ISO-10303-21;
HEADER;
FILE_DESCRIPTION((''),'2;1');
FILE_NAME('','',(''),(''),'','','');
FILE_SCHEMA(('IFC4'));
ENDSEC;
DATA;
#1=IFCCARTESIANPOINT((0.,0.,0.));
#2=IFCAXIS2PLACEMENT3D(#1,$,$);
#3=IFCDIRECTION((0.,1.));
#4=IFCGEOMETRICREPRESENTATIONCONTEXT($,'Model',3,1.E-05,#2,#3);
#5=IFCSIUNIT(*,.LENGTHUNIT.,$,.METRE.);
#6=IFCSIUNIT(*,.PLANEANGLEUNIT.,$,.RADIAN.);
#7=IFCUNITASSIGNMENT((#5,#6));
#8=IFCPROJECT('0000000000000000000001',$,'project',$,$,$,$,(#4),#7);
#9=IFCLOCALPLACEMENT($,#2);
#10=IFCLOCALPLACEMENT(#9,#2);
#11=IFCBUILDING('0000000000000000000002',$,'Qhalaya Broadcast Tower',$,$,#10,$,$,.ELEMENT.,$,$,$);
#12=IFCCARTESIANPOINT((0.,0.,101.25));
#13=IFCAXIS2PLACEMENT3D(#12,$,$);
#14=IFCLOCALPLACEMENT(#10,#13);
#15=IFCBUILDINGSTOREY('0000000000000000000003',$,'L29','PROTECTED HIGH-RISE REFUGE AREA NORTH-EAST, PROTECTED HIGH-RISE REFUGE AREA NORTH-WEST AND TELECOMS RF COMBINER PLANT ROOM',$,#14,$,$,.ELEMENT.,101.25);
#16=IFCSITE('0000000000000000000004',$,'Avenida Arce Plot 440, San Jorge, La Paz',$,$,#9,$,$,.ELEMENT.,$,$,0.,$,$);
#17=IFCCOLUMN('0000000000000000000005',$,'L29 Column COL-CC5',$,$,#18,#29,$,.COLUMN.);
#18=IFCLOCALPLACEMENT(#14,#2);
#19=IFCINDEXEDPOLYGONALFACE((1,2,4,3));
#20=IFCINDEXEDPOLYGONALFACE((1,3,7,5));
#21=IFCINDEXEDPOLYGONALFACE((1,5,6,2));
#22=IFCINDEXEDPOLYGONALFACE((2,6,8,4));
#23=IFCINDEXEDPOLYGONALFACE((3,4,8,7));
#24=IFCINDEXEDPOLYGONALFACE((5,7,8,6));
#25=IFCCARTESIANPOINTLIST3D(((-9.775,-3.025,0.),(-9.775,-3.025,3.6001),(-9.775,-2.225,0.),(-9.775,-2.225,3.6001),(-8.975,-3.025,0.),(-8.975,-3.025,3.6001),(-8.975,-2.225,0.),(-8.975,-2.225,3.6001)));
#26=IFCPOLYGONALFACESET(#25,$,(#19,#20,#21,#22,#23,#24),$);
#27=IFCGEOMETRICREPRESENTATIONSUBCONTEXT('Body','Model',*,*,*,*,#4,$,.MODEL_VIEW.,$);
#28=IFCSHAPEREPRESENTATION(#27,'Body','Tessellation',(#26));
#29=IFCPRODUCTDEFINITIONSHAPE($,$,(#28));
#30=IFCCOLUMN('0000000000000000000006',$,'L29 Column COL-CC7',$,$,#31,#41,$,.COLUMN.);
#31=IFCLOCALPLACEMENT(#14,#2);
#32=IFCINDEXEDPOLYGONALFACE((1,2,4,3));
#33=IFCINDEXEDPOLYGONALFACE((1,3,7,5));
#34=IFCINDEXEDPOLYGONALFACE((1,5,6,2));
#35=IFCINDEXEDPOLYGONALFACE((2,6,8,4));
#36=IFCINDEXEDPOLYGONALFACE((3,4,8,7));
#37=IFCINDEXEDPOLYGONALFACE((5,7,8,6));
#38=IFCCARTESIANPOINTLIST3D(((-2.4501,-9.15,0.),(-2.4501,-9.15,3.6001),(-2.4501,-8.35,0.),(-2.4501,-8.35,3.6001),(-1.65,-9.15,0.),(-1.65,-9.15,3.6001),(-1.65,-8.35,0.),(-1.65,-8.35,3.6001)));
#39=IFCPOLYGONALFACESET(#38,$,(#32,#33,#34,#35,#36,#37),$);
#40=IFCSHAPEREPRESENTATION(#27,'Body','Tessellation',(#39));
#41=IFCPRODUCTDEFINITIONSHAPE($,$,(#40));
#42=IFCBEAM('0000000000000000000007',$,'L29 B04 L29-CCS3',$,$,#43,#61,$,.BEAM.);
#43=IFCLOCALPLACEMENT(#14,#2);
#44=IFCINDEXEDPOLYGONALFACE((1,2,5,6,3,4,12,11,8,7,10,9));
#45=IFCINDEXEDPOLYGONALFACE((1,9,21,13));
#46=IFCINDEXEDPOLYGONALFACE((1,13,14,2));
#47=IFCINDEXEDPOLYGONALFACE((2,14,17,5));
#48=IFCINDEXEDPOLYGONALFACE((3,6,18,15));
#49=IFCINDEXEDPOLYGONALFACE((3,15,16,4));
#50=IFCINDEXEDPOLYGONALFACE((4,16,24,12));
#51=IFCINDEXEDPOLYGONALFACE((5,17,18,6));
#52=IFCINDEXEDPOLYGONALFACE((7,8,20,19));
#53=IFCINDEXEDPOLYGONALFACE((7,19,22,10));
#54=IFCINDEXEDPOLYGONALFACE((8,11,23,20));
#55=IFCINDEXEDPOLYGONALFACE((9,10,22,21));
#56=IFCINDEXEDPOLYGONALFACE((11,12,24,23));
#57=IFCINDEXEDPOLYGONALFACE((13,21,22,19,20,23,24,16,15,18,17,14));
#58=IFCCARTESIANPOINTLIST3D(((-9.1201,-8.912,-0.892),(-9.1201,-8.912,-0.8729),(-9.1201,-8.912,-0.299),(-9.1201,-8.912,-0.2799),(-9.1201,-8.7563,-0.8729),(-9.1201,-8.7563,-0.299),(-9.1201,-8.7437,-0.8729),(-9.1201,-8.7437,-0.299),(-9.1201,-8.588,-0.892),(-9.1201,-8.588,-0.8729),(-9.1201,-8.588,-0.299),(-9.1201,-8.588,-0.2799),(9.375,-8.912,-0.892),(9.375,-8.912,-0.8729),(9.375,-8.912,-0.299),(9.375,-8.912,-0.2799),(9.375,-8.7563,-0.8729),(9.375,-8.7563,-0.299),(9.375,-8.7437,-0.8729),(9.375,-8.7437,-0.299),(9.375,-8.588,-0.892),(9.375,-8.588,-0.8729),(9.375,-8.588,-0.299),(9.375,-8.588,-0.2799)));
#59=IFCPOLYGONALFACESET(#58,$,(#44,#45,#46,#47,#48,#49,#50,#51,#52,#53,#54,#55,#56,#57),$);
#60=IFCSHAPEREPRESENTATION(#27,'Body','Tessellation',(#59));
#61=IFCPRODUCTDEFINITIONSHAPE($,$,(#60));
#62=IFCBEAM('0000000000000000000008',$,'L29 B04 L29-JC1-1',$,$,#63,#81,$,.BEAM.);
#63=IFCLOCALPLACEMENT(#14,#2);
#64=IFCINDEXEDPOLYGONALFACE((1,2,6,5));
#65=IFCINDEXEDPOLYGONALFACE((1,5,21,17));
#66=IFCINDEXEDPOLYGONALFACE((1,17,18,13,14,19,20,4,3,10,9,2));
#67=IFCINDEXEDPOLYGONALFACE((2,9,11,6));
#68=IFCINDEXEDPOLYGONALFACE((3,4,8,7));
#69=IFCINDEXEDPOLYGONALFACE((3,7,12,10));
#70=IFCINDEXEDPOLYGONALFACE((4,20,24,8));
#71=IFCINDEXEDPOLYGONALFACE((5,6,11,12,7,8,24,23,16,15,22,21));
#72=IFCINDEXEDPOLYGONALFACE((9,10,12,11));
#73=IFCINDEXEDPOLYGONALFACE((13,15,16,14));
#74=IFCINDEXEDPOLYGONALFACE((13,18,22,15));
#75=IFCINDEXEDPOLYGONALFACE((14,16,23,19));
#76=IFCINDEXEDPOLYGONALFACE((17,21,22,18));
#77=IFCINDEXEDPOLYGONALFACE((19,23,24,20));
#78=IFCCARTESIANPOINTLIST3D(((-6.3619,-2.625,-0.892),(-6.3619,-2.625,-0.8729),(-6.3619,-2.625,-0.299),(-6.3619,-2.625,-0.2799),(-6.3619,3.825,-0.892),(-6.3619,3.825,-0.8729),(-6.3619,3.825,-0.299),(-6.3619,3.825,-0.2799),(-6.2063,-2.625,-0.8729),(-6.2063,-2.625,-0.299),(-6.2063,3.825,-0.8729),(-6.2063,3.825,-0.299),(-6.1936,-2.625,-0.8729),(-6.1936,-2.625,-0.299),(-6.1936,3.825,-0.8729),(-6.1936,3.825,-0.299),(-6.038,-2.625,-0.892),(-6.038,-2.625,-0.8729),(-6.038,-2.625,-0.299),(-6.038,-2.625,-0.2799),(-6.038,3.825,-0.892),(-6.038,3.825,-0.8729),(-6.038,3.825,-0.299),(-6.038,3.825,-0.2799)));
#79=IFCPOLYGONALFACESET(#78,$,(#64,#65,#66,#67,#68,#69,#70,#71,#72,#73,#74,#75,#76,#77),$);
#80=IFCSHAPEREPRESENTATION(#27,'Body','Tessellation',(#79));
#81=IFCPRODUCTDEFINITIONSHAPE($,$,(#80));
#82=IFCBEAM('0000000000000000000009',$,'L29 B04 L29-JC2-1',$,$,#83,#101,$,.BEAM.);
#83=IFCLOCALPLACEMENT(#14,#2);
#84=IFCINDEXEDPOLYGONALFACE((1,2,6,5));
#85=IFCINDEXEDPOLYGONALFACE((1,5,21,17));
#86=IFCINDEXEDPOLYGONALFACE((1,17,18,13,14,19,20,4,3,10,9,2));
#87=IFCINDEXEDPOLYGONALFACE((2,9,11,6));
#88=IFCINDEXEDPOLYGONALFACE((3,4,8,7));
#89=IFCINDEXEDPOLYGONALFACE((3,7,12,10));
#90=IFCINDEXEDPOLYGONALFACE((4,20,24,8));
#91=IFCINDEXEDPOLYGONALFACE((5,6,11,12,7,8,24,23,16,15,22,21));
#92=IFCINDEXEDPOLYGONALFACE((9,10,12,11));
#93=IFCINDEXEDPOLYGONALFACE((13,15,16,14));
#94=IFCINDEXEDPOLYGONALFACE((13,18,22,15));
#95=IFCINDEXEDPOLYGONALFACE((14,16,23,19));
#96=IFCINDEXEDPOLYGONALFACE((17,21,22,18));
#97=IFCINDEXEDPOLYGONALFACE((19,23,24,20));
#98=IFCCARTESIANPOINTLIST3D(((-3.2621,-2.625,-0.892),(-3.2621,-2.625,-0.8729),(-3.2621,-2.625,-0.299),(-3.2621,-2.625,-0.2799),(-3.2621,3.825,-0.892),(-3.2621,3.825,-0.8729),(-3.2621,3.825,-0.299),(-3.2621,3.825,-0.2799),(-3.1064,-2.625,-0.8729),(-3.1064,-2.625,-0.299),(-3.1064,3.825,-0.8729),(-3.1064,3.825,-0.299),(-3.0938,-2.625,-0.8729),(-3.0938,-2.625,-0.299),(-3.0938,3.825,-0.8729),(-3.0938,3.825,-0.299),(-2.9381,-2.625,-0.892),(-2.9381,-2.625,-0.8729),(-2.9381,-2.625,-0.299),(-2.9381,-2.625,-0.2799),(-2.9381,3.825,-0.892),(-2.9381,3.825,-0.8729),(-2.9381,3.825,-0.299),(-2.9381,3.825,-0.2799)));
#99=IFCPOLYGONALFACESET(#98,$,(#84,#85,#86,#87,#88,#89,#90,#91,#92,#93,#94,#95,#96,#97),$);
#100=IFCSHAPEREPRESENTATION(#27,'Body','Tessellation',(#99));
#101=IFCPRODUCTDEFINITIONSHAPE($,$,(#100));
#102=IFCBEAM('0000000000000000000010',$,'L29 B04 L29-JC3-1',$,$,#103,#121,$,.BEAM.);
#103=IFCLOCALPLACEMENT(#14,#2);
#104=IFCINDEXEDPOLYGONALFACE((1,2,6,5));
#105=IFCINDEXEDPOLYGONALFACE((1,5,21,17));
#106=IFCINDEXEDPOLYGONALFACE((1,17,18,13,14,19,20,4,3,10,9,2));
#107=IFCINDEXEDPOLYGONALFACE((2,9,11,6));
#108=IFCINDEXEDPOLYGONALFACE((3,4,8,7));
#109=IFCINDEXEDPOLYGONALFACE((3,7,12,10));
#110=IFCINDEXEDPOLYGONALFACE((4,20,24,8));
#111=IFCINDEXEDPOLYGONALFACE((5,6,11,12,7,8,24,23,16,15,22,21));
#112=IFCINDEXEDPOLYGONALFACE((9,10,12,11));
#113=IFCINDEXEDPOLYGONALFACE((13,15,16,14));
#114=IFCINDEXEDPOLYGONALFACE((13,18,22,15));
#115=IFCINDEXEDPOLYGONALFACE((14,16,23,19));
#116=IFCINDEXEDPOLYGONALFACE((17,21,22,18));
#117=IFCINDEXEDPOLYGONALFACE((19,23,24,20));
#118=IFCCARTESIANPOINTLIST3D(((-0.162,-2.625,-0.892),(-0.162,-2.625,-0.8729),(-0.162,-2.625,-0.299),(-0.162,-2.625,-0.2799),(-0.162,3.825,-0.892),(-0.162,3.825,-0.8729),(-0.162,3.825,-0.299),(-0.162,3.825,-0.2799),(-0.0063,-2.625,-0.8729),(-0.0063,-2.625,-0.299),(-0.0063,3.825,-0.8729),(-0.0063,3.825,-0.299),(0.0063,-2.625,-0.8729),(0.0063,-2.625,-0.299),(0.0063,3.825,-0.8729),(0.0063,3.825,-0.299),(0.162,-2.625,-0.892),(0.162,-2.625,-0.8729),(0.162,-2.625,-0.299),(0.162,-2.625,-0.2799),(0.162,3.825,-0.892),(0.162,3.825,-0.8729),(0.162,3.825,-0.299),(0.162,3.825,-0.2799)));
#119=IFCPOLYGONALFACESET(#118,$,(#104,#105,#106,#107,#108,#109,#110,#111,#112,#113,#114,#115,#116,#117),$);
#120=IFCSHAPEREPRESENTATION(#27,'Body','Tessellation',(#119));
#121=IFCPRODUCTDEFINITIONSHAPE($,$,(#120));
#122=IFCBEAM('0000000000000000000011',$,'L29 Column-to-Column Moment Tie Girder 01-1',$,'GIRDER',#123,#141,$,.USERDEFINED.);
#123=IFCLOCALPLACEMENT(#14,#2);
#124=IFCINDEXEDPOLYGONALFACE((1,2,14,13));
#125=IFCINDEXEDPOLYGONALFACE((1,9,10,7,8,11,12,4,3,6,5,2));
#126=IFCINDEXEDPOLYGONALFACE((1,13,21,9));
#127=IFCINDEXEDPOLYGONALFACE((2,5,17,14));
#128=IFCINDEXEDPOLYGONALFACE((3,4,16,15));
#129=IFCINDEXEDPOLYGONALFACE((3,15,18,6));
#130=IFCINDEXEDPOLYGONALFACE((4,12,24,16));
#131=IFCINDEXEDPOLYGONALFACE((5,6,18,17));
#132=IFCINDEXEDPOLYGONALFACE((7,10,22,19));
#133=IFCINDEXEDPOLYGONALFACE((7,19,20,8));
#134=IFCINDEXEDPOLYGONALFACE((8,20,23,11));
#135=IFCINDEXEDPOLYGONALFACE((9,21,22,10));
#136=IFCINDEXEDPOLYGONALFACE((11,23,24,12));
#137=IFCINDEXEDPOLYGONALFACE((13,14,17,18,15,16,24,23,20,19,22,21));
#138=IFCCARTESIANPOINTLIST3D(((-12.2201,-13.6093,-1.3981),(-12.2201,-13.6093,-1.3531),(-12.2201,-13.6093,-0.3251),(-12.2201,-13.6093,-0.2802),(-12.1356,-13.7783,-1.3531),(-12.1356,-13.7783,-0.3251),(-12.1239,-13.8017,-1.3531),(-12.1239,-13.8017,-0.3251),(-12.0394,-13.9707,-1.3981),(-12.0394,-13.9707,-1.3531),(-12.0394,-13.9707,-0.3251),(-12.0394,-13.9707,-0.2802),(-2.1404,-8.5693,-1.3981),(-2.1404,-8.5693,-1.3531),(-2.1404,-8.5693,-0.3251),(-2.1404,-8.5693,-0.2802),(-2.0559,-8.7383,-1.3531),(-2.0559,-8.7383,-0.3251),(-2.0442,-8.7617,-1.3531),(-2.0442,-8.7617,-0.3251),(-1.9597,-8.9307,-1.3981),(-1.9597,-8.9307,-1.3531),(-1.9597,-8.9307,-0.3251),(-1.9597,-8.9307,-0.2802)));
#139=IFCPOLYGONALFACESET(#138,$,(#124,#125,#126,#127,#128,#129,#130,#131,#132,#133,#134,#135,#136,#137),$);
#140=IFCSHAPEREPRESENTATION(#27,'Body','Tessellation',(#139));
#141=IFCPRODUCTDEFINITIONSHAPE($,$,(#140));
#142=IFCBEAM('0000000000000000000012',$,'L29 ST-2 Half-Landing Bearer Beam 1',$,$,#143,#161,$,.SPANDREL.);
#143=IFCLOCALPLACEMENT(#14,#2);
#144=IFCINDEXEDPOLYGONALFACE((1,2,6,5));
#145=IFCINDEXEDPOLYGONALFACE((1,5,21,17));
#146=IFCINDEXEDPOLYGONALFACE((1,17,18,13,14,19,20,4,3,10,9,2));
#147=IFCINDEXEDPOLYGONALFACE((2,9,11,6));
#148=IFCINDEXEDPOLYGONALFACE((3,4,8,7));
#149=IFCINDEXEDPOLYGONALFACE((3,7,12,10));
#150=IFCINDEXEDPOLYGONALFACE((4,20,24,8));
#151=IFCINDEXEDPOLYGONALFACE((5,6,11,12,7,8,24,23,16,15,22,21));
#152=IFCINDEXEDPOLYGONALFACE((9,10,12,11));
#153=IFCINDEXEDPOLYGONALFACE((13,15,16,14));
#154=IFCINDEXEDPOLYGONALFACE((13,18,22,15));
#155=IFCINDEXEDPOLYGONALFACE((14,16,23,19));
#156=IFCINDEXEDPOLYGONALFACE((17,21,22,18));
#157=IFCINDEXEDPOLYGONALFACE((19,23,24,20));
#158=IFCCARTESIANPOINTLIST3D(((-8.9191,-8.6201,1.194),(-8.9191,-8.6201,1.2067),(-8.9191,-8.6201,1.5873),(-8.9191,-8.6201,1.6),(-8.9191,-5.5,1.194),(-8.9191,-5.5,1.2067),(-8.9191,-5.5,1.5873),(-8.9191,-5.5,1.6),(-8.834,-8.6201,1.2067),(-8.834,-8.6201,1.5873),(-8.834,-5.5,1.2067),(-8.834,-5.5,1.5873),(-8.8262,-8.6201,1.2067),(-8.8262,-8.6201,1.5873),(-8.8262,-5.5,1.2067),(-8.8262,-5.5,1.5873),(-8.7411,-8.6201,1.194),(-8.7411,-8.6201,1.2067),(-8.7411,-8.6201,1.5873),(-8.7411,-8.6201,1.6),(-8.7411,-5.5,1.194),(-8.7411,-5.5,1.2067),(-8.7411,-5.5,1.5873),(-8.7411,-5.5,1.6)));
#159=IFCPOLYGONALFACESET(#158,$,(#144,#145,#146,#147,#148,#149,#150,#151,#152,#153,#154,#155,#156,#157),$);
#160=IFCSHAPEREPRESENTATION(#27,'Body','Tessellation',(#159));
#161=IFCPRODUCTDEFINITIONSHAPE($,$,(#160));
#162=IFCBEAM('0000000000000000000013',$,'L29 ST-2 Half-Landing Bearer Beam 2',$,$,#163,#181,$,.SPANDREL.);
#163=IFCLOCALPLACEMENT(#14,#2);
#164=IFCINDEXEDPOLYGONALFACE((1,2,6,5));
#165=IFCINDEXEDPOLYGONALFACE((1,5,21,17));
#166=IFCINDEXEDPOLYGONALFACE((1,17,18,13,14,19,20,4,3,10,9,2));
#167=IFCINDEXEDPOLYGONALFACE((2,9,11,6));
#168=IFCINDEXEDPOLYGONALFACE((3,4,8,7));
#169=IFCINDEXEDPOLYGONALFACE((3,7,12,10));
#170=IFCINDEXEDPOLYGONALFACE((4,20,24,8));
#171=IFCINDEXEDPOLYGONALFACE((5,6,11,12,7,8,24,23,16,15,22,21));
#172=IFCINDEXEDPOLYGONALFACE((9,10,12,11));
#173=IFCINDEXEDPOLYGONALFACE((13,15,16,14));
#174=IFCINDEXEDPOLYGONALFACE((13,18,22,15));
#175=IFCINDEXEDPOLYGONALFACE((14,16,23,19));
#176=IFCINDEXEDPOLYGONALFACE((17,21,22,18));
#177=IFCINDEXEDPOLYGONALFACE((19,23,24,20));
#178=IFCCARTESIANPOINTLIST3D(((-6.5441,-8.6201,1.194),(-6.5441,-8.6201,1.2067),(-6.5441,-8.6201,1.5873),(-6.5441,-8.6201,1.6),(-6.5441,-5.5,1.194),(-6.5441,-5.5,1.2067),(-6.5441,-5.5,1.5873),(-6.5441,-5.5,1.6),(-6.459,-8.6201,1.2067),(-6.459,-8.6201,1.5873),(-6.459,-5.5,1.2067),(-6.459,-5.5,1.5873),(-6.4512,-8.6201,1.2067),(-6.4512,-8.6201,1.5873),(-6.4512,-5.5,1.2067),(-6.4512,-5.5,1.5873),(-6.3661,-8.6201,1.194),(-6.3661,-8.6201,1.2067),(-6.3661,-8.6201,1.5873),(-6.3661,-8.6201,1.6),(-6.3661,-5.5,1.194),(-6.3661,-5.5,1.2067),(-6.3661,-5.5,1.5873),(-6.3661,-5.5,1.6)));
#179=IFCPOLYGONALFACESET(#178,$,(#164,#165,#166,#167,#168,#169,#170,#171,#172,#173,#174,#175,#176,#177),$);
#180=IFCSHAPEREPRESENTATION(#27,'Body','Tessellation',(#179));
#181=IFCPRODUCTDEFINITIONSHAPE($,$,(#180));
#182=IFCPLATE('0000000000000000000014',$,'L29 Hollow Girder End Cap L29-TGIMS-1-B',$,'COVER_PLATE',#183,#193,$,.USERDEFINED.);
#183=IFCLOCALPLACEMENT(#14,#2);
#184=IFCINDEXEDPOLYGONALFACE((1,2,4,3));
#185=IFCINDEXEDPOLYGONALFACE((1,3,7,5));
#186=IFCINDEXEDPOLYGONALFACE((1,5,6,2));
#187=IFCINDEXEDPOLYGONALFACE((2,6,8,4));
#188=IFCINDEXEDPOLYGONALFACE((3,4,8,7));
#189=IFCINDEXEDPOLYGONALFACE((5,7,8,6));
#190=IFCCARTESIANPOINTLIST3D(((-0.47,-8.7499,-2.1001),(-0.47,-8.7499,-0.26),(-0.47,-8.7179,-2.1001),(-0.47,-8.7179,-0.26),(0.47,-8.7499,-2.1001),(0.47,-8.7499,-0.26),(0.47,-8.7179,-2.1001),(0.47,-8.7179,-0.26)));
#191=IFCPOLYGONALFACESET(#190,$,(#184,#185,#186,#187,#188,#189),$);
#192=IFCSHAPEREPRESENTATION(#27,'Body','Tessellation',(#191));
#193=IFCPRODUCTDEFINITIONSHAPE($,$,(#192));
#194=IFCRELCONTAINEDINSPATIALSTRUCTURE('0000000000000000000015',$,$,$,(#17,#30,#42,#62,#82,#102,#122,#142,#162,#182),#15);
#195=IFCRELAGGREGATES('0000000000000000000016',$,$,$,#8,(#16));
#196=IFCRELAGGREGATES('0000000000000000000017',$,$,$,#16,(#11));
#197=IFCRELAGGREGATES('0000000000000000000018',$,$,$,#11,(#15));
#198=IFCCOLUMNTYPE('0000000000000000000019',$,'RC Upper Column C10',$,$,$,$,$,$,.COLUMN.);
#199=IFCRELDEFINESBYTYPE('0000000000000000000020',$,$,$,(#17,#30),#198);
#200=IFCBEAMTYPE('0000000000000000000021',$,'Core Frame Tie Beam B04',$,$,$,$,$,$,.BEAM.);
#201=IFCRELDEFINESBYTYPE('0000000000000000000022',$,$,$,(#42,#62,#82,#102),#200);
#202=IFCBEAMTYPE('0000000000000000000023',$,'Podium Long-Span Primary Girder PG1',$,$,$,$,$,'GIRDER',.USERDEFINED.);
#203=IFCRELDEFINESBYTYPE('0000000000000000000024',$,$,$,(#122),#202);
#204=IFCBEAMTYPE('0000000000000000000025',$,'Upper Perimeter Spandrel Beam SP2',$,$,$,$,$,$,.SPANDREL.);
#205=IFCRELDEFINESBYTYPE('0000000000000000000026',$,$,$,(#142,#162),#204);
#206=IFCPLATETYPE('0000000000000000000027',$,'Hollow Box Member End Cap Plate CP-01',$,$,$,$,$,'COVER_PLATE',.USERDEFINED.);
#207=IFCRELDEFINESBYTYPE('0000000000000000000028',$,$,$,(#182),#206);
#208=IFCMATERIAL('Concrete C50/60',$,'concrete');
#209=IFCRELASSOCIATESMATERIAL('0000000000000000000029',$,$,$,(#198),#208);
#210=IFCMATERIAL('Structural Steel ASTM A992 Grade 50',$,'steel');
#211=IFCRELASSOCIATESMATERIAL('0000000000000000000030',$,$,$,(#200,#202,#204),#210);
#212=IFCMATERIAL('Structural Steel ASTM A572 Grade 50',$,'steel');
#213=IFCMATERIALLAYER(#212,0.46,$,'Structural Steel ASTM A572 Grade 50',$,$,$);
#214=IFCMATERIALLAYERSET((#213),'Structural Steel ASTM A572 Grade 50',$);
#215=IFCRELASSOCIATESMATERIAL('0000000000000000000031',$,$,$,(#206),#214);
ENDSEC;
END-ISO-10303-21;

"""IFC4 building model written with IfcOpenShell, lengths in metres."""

from ifc_helpers import new_model, si_unit, direction, frame, origin, origin_2d, place, context, subcontext, project, spatial, rectangle, i_section, extrude, material, layer, layer_set, material_profile, profile_set, type_object, element, save


model = new_model("IFC4")

# Units and contexts
model_context = context("Model", 3, precision=1e-05, world=origin(), true_north=direction((0.0, 1.0)))
body_context = subcontext(model_context, "Body", "Model", "MODEL_VIEW")
ifc_project = project(units=[si_unit("LENGTHUNIT", "METRE"), si_unit("PLANEANGLEUNIT", "RADIAN")], contexts=[model_context])

# Site, building, storey
site_placement = place(None, origin())
site = spatial("IfcSite", under=ifc_project, at=site_placement, Name="Avenida Arce Plot 440, San Jorge, La Paz", CompositionType="ELEMENT", RefElevation=0.0)
building_placement = place(site_placement, origin())
building = spatial("IfcBuilding", under=site, at=building_placement, Name="Qhalaya Broadcast Tower", CompositionType="ELEMENT")
storey_placement = place(building_placement, frame((0.0, 0.0, 101.25)))
storey = spatial("IfcBuildingStorey", under=building, at=storey_placement, Name="L29", Description="PROTECTED HIGH-RISE REFUGE AREA NORTH-EAST, PROTECTED HIGH-RISE REFUGE AREA NORTH-WEST AND TELECOMS RF COMBINER PLANT ROOM", CompositionType="ELEMENT", Elevation=101.25)

# Columns
ifc_material_1 = material(Name="Concrete C50/60", Category="concrete")
ifc_material_profile_1 = material_profile(ifc_material_1, rectangle(XDim=0.8, YDim=0.8, at=origin_2d()), Name="RC-COL 800x800")
ifc_profile_set_1 = profile_set([ifc_material_profile_1], Name="Concrete C50/60")
column_type = type_object("IfcColumnType", Name="RC Upper Column C10", PredefinedType="COLUMN", material=ifc_profile_set_1)
for number, where, z_axis, x_axis, name in (
    (1, (-9.375, -2.625, 0.0), (0.0, 0.0, 1.0), (1.0, 0.0, 0.0), "L29 Column COL-CC5"),
    (2, (-2.05, -8.75, 0.0), (0.0, 0.0, 1.0), (1.0, 0.0, 0.0), "L29 Column COL-CC7"),
):
    element("IfcColumn", number, at=place(storey_placement, frame(where, z_axis=z_axis, x_axis=x_axis)), inside=storey, type_object=column_type, Name=name, PredefinedType="COLUMN", context=body_context, shape_type="SweptSolid", body=[
        extrude(rectangle(XDim=0.8, YDim=0.8, at=origin_2d()), origin(), (0.0, 0.0, 1.0), 3.6001),
    ])

# Beams
ifc_material_2 = material(Name="Structural Steel ASTM A992 Grade 50", Category="steel")
ifc_material_profile_2 = material_profile(ifc_material_2, i_section(OverallWidth=0.324, OverallDepth=0.6121, WebThickness=0.0127, FlangeThickness=0.019, at=origin_2d()), Name="W24X104")
ifc_profile_set_2 = profile_set([ifc_material_profile_2], Name="Structural Steel ASTM A992 Grade 50")
beam_type_1 = type_object("IfcBeamType", Name="Core Frame Tie Beam B04", PredefinedType="BEAM", material=ifc_profile_set_2)
beam_1_placement = place(storey_placement, frame((-9.1201, -8.75, -0.5859), z_axis=(1.0, 0.0, 0.0), x_axis=(0.0, 1.0, 0.0)))
element("IfcBeam", 3, at=beam_1_placement, inside=storey, type_object=beam_type_1, Name="L29 B04 L29-CCS3", PredefinedType="BEAM", context=body_context, shape_type="SweptSolid", body=[
    extrude(i_section(OverallWidth=0.324, OverallDepth=0.6121, WebThickness=0.0127, FlangeThickness=0.019, at=origin_2d()), origin(), (0.0, 0.0, 1.0), 18.4951),
])
for number, where, z_axis, x_axis, name in (
    (4, (-6.2, -2.625, -0.5859), (0.0, 1.0, 0.0), (-1.0, 0.0, 0.0), "L29 B04 L29-JC1-1"),
    (5, (-3.1001, -2.625, -0.5859), (0.0, 1.0, 0.0), (-1.0, 0.0, 0.0), "L29 B04 L29-JC2-1"),
    (6, (0.0, -2.625, -0.5859), (0.0, 1.0, 0.0), (-1.0, 0.0, 0.0), "L29 B04 L29-JC3-1"),
):
    element("IfcBeam", number, at=place(storey_placement, frame(where, z_axis=z_axis, x_axis=x_axis)), inside=storey, type_object=beam_type_1, Name=name, PredefinedType="BEAM", context=body_context, shape_type="SweptSolid", body=[
        extrude(i_section(OverallWidth=0.324, OverallDepth=0.6121, WebThickness=0.0127, FlangeThickness=0.019, at=origin_2d()), origin(), (0.0, 0.0, 1.0), 6.45),
    ])
ifc_material_profile_3 = material_profile(ifc_material_2, i_section(OverallWidth=0.4041, OverallDepth=1.1179, WebThickness=0.0261, FlangeThickness=0.0449, at=origin_2d()), Name="W44X335")
ifc_profile_set_3 = profile_set([ifc_material_profile_3], Name="Structural Steel ASTM A992 Grade 50")
beam_type_2 = type_object("IfcBeamType", Name="Podium Long-Span Primary Girder PG1", ElementType="GIRDER", PredefinedType="USERDEFINED", material=ifc_profile_set_3)
beam_2_placement = place(storey_placement, frame((-2.05, -8.75, -0.8391), z_axis=(-0.894423, -0.447222, 0.0), x_axis=(0.447222, -0.894423, 0.0)))
element("IfcBeam", 7, at=beam_2_placement, inside=storey, type_object=beam_type_2, Name="L29 Column-to-Column Moment Tie Girder 01-1", ObjectType="GIRDER", PredefinedType="USERDEFINED", context=body_context, shape_type="SweptSolid", body=[
    extrude(i_section(OverallWidth=0.4041, OverallDepth=1.1179, WebThickness=0.0261, FlangeThickness=0.0449, at=origin_2d()), origin(), (0.0, 0.0, 1.0), 11.2695),
])
ifc_material_profile_4 = material_profile(ifc_material_2, i_section(OverallWidth=0.178, OverallDepth=0.406, WebThickness=0.0078, FlangeThickness=0.0127, at=origin_2d()), Name="W16X40")
ifc_profile_set_4 = profile_set([ifc_material_profile_4], Name="Structural Steel ASTM A992 Grade 50")
beam_type_3 = type_object("IfcBeamType", Name="Upper Perimeter Spandrel Beam SP2", PredefinedType="SPANDREL", material=ifc_profile_set_4)
for number, where, z_axis, x_axis, name in (
    (8, (-8.8301, -8.6201, 1.397), (0.0, 1.0, 0.0), (-1.0, 0.0, 0.0), "L29 ST-2 Half-Landing Bearer Beam 1"),
    (9, (-6.4551, -8.6201, 1.397), (0.0, 1.0, 0.0), (-1.0, 0.0, 0.0), "L29 ST-2 Half-Landing Bearer Beam 2"),
):
    element("IfcBeam", number, at=place(storey_placement, frame(where, z_axis=z_axis, x_axis=x_axis)), inside=storey, type_object=beam_type_3, Name=name, PredefinedType="SPANDREL", context=body_context, shape_type="SweptSolid", body=[
        extrude(i_section(OverallWidth=0.178, OverallDepth=0.406, WebThickness=0.0078, FlangeThickness=0.0127, at=origin_2d()), origin(), (0.0, 0.0, 1.0), 3.1201),
    ])

# Plate
ifc_material_3 = material(Name="Structural Steel ASTM A572 Grade 50", Category="steel")
ifc_layer_1 = layer(ifc_material_3, 0.46, Name="Structural Steel ASTM A572 Grade 50")
ifc_layer_set_1 = layer_set([ifc_layer_1], Name="Structural Steel ASTM A572 Grade 50")
plate_type = type_object("IfcPlateType", Name="Hollow Box Member End Cap Plate CP-01", ElementType="COVER_PLATE", PredefinedType="USERDEFINED", material=ifc_layer_set_1)
for number, where, z_axis, x_axis, name in (
    (10, (0.0, -8.7339, -2.1001), (0.0, 0.0, 1.0), (-1.0, 0.0, 0.0), "L29 Hollow Girder End Cap L29-TGIMS-1-B"),
):
    element("IfcPlate", number, at=place(storey_placement, frame(where, z_axis=z_axis, x_axis=x_axis)), inside=storey, type_object=plate_type, Name=name, ObjectType="COVER_PLATE", PredefinedType="USERDEFINED", context=body_context, shape_type="SweptSolid", body=[
        extrude(rectangle(XDim=0.9399, YDim=0.032, at=origin_2d()), origin(), (0.0, 0.0, 1.0), 1.8401),
    ])

save(model, "model.ifc")
